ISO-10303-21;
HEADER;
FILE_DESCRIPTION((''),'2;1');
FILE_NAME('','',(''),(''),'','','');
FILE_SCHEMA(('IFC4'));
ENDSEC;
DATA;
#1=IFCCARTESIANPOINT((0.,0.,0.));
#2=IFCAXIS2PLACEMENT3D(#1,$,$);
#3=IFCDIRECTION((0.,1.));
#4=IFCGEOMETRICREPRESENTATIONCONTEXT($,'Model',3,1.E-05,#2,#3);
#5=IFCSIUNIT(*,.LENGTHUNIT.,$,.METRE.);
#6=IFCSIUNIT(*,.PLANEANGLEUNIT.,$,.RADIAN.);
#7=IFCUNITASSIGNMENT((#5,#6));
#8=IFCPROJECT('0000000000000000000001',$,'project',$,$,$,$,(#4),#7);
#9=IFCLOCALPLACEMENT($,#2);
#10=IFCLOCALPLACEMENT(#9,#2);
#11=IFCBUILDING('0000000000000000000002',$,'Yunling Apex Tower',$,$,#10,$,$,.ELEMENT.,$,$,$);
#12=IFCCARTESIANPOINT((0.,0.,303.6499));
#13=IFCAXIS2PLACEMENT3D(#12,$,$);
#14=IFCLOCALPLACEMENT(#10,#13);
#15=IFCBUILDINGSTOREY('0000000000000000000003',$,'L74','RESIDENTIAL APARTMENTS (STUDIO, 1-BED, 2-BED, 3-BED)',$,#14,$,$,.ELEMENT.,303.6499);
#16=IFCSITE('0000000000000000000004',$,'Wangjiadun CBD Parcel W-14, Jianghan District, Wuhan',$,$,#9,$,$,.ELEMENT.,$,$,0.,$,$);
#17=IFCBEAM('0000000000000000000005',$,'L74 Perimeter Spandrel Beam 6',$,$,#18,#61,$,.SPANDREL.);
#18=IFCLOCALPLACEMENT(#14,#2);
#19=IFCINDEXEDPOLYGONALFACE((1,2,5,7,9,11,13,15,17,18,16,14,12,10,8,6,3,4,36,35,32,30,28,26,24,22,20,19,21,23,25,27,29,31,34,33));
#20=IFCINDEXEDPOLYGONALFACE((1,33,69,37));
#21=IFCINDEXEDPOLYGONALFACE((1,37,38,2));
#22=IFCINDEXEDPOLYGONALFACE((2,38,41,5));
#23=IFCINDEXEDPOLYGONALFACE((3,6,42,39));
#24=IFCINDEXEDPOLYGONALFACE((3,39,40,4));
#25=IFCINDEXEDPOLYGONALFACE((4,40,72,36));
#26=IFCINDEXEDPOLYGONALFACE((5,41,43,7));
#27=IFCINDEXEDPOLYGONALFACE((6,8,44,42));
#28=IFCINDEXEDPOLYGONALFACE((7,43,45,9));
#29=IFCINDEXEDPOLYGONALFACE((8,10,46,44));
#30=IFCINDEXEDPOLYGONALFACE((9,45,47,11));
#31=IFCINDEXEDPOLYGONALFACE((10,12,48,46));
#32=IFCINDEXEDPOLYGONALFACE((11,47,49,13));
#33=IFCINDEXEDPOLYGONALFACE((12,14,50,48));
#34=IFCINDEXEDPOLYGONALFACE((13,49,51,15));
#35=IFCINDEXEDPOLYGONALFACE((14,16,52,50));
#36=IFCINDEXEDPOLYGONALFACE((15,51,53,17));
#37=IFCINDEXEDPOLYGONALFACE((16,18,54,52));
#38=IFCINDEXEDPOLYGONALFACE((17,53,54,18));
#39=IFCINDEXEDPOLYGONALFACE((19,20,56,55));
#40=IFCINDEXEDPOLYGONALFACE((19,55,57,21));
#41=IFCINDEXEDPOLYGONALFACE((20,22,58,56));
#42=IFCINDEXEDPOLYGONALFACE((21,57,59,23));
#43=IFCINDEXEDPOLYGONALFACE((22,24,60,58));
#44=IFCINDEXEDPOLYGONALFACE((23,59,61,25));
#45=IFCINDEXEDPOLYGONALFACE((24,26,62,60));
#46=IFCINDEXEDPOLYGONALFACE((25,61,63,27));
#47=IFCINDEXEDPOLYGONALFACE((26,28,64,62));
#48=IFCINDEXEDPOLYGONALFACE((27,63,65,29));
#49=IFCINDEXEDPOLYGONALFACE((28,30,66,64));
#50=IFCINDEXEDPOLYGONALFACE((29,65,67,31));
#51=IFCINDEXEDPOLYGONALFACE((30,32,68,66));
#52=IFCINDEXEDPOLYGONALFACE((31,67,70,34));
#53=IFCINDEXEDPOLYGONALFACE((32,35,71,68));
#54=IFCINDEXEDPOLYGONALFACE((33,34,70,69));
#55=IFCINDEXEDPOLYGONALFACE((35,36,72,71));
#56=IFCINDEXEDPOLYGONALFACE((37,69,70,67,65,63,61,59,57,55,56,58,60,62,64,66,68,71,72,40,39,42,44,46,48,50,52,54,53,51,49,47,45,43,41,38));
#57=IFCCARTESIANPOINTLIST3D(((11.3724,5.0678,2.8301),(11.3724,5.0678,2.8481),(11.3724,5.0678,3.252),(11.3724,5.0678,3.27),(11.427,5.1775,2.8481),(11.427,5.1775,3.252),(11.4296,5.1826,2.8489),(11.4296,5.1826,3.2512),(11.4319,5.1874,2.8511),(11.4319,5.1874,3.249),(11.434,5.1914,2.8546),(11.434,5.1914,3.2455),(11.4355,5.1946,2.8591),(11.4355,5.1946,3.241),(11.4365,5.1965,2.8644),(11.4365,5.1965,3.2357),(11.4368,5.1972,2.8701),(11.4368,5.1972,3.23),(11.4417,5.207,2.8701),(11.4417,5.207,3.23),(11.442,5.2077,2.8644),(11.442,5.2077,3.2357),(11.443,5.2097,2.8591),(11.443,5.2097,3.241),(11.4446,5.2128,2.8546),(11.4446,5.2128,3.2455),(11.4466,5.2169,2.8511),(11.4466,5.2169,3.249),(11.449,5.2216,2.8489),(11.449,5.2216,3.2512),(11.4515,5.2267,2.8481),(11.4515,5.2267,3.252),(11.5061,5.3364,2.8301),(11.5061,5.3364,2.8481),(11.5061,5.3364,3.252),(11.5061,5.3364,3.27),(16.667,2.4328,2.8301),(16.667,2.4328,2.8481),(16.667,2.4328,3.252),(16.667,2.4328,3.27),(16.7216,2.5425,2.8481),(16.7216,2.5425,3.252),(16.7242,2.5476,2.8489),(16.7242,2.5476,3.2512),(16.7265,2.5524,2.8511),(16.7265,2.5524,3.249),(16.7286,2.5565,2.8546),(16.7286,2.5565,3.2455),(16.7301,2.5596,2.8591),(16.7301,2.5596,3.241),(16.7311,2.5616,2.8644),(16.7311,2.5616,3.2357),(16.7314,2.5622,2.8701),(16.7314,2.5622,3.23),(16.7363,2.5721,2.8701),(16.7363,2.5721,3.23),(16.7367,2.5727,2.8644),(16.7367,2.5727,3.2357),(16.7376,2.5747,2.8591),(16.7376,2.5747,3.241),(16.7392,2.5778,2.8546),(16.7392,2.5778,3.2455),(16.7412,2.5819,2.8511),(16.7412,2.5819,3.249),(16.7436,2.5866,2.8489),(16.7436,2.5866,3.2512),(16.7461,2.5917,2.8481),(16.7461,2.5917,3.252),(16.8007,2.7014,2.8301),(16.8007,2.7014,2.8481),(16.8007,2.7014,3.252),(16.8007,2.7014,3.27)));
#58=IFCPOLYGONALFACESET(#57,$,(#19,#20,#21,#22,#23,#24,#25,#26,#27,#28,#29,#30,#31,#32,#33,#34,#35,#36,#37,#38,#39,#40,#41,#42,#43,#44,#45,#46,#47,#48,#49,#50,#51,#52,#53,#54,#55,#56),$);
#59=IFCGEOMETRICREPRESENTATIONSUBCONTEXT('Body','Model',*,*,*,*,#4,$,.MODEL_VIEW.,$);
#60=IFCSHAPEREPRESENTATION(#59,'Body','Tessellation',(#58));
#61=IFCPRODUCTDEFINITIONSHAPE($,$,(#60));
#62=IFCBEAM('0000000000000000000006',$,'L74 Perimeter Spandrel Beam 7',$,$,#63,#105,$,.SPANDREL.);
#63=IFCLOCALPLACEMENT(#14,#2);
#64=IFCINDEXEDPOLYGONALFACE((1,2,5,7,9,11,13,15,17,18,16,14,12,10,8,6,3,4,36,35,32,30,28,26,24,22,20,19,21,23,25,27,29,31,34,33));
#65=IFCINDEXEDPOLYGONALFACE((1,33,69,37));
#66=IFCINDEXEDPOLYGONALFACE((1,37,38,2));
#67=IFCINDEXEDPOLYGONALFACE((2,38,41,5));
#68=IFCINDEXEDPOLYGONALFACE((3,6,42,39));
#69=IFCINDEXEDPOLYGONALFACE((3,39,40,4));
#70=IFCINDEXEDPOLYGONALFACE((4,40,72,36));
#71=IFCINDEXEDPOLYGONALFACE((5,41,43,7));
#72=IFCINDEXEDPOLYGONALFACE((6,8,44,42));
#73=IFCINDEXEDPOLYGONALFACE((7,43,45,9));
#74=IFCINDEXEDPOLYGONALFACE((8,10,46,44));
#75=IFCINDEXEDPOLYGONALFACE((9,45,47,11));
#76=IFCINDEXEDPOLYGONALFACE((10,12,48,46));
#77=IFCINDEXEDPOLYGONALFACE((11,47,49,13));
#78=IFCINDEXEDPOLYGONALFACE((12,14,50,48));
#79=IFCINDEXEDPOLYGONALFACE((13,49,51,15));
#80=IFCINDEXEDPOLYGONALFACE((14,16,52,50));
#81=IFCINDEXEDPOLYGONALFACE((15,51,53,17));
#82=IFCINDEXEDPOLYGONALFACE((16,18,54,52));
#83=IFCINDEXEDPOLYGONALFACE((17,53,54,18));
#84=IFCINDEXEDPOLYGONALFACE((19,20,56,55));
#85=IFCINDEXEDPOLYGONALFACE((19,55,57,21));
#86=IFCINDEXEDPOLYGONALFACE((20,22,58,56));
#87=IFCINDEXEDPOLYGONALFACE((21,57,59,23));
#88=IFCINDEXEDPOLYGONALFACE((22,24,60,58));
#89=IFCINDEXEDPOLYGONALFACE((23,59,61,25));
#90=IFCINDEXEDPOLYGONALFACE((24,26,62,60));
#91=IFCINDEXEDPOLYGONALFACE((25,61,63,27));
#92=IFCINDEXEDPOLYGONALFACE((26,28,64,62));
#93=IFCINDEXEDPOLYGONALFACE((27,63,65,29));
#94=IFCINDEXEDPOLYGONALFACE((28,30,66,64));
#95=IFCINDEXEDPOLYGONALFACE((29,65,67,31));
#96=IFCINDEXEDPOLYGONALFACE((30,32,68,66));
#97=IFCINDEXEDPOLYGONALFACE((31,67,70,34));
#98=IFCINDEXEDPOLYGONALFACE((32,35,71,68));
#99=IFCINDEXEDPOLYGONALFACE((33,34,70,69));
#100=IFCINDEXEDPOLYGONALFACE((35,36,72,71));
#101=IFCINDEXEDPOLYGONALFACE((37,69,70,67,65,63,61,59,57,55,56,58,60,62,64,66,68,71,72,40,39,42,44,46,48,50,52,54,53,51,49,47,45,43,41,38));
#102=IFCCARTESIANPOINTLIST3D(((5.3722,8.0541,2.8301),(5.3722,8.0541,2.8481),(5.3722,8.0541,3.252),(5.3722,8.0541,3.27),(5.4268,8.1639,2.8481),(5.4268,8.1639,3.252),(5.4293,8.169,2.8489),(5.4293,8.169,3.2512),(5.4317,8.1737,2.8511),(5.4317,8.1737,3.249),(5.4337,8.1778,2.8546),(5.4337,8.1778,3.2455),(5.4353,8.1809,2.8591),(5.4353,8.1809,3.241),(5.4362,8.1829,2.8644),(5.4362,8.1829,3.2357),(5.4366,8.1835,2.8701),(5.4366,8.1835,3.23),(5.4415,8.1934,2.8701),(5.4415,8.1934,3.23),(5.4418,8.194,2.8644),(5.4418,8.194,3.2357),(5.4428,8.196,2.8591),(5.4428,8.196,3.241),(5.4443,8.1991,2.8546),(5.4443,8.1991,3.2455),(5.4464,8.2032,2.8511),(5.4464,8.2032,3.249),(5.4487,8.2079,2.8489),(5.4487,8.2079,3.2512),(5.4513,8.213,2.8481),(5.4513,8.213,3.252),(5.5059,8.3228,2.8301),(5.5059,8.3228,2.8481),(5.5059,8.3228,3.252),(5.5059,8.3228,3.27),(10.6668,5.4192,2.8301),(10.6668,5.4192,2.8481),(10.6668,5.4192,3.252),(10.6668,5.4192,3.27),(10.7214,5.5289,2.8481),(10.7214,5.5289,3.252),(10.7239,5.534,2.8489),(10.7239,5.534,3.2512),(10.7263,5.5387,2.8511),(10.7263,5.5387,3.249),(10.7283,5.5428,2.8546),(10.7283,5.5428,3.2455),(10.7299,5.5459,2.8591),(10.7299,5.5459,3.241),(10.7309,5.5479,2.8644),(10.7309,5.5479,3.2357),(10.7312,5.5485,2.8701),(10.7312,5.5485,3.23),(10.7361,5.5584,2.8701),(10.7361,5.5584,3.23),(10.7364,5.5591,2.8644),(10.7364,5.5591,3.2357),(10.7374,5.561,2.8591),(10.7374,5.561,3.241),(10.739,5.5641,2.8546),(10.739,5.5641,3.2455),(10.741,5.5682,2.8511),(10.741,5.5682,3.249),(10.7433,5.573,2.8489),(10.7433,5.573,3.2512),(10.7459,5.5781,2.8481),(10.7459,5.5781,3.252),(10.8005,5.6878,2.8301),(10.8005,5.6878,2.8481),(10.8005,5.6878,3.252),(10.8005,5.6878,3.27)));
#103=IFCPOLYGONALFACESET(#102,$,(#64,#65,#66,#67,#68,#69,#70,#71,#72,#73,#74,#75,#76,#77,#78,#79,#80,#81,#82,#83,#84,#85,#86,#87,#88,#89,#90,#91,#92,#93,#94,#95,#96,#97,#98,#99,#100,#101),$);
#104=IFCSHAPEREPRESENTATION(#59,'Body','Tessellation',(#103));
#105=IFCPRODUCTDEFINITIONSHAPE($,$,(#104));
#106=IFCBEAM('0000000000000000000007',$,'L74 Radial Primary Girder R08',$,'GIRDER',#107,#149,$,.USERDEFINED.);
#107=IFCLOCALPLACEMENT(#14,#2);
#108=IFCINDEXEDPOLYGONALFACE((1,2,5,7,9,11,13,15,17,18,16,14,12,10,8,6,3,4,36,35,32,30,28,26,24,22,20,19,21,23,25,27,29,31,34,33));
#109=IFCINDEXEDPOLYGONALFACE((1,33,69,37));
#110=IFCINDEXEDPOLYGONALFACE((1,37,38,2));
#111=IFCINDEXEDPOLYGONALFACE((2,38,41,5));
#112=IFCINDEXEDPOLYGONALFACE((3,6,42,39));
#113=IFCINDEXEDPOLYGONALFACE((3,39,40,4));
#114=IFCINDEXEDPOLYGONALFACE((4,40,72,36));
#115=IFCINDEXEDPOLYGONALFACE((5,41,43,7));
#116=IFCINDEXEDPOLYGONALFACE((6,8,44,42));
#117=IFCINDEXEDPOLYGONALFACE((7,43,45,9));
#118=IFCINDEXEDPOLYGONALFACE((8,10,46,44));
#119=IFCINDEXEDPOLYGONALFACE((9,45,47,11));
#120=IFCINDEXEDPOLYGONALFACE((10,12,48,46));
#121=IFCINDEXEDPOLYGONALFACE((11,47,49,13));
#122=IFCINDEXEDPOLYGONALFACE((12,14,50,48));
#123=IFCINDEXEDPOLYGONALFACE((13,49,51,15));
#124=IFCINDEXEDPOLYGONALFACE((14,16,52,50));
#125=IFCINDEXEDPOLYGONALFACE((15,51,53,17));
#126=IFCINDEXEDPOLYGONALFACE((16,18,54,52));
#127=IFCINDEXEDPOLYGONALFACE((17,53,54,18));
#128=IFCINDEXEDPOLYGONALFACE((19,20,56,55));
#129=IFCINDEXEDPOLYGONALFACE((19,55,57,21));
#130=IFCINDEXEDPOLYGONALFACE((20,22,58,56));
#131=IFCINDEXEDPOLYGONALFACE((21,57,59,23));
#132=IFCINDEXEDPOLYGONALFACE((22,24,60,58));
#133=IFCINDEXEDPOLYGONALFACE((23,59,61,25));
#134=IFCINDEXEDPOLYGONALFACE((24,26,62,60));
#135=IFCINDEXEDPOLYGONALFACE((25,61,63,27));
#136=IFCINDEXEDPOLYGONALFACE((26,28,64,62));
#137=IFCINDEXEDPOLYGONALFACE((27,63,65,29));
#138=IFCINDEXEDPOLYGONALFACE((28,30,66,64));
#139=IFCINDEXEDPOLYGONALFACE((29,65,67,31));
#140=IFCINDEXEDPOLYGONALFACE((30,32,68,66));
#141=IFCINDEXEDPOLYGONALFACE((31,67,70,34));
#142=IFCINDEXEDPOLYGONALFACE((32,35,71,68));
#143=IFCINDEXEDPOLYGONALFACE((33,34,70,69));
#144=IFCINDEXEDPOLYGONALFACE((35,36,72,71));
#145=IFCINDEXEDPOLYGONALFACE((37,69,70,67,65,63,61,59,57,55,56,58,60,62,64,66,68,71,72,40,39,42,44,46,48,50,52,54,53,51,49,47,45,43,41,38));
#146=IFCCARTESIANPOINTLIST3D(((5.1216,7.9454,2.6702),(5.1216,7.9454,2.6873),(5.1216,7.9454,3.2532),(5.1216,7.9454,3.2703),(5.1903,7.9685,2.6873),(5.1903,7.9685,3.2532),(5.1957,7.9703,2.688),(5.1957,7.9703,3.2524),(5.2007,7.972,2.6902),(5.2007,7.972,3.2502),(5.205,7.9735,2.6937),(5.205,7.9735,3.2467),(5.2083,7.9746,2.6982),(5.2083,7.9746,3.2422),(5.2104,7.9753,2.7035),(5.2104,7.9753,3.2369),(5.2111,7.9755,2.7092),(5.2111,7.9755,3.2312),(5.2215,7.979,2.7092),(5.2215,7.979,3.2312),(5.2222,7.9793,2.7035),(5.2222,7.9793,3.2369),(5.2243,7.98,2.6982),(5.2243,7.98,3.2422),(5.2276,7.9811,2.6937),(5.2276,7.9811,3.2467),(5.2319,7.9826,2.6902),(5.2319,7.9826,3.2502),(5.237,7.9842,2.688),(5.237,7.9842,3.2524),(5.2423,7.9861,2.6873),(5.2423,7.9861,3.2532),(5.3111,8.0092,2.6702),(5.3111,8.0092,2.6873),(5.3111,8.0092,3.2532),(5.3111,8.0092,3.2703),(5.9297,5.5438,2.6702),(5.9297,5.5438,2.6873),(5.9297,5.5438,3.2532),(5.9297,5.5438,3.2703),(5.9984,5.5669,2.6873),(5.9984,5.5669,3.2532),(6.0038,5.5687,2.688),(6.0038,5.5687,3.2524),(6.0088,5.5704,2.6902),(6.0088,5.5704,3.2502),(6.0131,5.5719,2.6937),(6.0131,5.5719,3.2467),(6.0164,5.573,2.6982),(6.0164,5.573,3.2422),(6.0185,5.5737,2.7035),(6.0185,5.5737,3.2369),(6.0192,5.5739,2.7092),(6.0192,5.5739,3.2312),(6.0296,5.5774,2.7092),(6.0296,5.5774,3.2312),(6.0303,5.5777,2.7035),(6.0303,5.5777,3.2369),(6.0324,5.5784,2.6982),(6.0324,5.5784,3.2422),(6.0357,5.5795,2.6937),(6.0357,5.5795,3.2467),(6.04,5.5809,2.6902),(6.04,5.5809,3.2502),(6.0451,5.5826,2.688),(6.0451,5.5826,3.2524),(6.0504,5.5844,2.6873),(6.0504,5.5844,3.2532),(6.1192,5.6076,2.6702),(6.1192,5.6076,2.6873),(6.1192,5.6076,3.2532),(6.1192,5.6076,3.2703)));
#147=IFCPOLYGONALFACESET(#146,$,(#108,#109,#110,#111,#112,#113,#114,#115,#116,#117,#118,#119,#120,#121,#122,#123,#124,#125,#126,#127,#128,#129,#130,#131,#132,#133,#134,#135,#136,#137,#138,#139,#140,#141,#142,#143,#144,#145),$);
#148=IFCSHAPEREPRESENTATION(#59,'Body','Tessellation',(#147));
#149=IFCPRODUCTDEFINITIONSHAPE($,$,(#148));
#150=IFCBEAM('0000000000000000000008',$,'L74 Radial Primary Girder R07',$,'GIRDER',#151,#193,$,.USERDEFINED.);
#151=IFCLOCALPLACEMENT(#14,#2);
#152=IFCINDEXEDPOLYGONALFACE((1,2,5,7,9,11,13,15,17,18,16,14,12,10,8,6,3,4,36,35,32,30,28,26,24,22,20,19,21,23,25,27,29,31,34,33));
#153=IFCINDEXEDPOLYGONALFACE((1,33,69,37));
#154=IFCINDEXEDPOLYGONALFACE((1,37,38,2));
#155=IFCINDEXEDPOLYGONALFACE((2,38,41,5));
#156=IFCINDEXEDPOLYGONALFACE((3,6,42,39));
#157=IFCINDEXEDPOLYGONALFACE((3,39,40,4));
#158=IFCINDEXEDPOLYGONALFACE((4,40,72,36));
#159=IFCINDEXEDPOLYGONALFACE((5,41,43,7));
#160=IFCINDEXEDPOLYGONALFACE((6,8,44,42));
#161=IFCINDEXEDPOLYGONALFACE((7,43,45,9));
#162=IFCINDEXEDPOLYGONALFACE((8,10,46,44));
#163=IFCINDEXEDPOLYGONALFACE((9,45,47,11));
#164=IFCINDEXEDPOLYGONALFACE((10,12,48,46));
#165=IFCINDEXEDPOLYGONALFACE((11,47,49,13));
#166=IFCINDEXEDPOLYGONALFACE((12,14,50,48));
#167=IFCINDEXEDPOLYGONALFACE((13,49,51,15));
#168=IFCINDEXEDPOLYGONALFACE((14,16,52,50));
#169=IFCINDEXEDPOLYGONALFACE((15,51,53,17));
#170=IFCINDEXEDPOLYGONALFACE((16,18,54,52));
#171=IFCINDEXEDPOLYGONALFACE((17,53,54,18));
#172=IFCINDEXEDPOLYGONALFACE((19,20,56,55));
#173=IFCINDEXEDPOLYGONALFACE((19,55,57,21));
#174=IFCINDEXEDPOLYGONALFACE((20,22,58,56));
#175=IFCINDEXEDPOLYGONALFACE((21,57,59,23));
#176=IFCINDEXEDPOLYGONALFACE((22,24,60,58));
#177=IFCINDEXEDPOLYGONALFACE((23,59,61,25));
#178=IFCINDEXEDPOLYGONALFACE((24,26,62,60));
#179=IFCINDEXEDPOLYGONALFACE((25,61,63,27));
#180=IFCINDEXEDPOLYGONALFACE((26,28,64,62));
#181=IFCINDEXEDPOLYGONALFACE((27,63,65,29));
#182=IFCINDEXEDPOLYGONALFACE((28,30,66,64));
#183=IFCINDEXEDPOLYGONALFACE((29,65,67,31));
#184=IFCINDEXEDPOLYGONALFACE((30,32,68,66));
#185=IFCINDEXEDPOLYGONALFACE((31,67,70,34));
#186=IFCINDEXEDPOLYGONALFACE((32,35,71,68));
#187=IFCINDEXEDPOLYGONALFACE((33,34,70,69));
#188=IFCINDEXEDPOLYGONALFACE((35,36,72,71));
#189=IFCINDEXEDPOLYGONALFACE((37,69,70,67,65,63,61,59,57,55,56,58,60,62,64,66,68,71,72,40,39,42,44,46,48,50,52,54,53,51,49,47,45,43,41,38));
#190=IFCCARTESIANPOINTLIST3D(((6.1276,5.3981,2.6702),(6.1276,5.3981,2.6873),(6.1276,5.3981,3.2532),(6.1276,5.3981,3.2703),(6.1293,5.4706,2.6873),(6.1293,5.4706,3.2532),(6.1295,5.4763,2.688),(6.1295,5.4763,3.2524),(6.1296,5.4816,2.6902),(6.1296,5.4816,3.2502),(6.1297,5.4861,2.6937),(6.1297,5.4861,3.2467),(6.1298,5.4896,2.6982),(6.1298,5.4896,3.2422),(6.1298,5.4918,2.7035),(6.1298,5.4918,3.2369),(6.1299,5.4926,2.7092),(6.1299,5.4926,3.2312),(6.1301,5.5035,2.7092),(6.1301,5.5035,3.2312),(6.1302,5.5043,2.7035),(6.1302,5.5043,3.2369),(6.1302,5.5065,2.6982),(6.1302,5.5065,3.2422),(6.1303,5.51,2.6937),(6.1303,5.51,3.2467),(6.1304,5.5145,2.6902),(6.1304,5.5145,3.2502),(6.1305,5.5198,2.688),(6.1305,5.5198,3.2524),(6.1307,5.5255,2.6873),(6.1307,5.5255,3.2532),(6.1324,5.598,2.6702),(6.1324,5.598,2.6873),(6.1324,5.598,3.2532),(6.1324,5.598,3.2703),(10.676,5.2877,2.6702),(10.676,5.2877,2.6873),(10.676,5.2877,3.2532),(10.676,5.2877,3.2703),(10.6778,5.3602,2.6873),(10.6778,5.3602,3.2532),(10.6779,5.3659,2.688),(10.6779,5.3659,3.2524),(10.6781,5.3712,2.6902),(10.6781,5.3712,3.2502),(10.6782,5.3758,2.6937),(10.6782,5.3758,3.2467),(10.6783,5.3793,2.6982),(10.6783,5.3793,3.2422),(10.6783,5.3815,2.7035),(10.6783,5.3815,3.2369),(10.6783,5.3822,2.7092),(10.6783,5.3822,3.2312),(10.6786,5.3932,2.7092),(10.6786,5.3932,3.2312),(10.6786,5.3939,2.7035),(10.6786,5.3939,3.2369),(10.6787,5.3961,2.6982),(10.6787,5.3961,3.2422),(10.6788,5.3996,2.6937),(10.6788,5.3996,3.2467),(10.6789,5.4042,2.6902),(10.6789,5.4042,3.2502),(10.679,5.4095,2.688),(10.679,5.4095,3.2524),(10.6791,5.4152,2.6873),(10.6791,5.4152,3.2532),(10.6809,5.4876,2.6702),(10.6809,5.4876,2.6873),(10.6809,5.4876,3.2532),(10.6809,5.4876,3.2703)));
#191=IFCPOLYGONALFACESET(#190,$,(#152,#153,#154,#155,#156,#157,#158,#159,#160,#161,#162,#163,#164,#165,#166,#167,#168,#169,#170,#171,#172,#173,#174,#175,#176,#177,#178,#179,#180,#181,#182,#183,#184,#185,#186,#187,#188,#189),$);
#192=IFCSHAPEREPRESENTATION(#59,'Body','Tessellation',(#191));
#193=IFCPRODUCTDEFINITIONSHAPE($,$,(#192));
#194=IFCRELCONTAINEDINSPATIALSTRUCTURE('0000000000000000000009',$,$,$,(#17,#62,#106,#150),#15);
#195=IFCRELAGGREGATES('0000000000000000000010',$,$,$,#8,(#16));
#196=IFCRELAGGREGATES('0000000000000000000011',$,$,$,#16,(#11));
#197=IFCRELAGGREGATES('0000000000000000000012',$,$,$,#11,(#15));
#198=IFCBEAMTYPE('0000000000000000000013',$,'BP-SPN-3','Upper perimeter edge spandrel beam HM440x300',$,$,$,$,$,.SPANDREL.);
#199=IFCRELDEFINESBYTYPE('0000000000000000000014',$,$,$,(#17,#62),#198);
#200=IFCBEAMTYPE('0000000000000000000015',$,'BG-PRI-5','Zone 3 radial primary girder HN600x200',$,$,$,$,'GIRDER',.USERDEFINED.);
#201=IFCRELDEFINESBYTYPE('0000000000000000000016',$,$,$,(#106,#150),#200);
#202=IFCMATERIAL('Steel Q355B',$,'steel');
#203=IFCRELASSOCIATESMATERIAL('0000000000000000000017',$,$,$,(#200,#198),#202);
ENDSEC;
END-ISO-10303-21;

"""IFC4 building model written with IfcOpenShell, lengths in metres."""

from ifc_helpers import new_model, si_unit, direction, frame, origin, origin_2d, place, context, subcontext, project, spatial, i_section, extrude, source, transform, mapped, material, material_profile, profile_set, type_object, element, save


model = new_model("IFC4")

# Units and contexts
model_context = context("Model", 3, precision=1e-05, world=origin(), true_north=direction((0.0, 1.0)))
body_context = subcontext(model_context, "Body", "Model", "MODEL_VIEW")
ifc_project = project(units=[si_unit("LENGTHUNIT", "METRE"), si_unit("PLANEANGLEUNIT", "RADIAN")], contexts=[model_context])

# Site, building, storey
site_placement = place(None, origin())
site = spatial("IfcSite", under=ifc_project, at=site_placement, Name="Wangjiadun CBD Parcel W-14, Jianghan District, Wuhan", CompositionType="ELEMENT", RefElevation=0.0)
building_placement = place(site_placement, origin())
building = spatial("IfcBuilding", under=site, at=building_placement, Name="Yunling Apex Tower", CompositionType="ELEMENT")
storey_placement = place(building_placement, frame((0.0, 0.0, 303.6499)))
storey = spatial("IfcBuildingStorey", under=building, at=storey_placement, Name="L74", Description="RESIDENTIAL APARTMENTS (STUDIO, 1-BED, 2-BED, 3-BED)", CompositionType="ELEMENT", Elevation=303.6499)

# Shared definitions
ifc_material_1 = material(Name="Steel Q355B", Category="steel")

# Beams
ifc_material_profile_1 = material_profile(ifc_material_1, i_section(OverallWidth=0.2, OverallDepth=0.6001, WebThickness=0.011, FlangeThickness=0.0171, FilletRadius=0.022, at=origin_2d()))
ifc_profile_set_1 = profile_set([ifc_material_profile_1], Name="Steel Q355B")
beam_type_1 = type_object("IfcBeamType", Name="BG-PRI-5", Description="Zone 3 radial primary girder HN600x200", ElementType="GIRDER", PredefinedType="USERDEFINED", material=ifc_profile_set_1)
ifc_material_profile_2 = material_profile(ifc_material_1, i_section(OverallWidth=0.3, OverallDepth=0.4399, WebThickness=0.011, FlangeThickness=0.0181, FilletRadius=0.022, at=origin_2d()))
ifc_profile_set_2 = profile_set([ifc_material_profile_2], Name="Steel Q355B")
beam_type_2 = type_object("IfcBeamType", Name="BP-SPN-3", Description="Upper perimeter edge spandrel beam HM440x300", PredefinedType="SPANDREL", material=ifc_profile_set_2)
shared_shape_1 = source(origin(), body_context, "Body", "SweptSolid", [
    extrude(i_section(OverallWidth=0.3, OverallDepth=0.4399, WebThickness=0.011, FlangeThickness=0.0181, FilletRadius=0.022, at=origin_2d()), origin(), (0.0, 0.0, 1.0), 5.9141),
])
for number, where, z_axis, x_axis, name in (
    (1, (16.7339, 2.5671, 3.05), (-0.89526, 0.445545, 0.0), (-0.445545, -0.89526, 0.0), "L74 Perimeter Spandrel Beam 6"),
    (2, (10.7336, 5.5535, 3.05), (-0.89526, 0.445545, 0.0), (-0.445545, -0.89526, 0.0), "L74 Perimeter Spandrel Beam 7"),
):
    element("IfcBeam", number, at=place(storey_placement, frame(where, z_axis=z_axis, x_axis=x_axis)), inside=storey, type_object=beam_type_2, Name=name, PredefinedType="SPANDREL", context=body_context, shape_type="MappedRepresentation", body=[
        mapped(shared_shape_1, transform((0.0, 0.0, 0.0), scale=1.0)),
    ])
shared_shape_2 = source(origin(), body_context, "Body", "SweptSolid", [
    extrude(i_section(OverallWidth=0.2, OverallDepth=0.6001, WebThickness=0.011, FlangeThickness=0.0171, FilletRadius=0.022, at=origin_2d()), origin(), (0.0, 0.0, 1.0), 2.5339),
])
beam_1_placement = place(storey_placement, frame((5.2163, 7.9773, 2.9702), z_axis=(0.318915, -0.947783, 0.0), x_axis=(0.947783, 0.318915, 0.0)))
element("IfcBeam", 3, at=beam_1_placement, inside=storey, type_object=beam_type_1, Name="L74 Radial Primary Girder R08", ObjectType="GIRDER", PredefinedType="USERDEFINED", context=body_context, shape_type="MappedRepresentation", body=[
    mapped(shared_shape_2, transform((0.0, 0.0, 0.0), scale=1.0)),
])
shared_shape_3 = source(origin(), body_context, "Body", "SweptSolid", [
    extrude(i_section(OverallWidth=0.2, OverallDepth=0.6001, WebThickness=0.011, FlangeThickness=0.0171, FilletRadius=0.022, at=origin_2d()), origin(), (0.0, 0.0, 1.0), 4.5498),
])
beam_2_placement = place(storey_placement, frame((10.6785, 5.3877, 2.9702), z_axis=(-0.999706, 0.024254, 0.0), x_axis=(-0.024254, -0.999706, 0.0)))
element("IfcBeam", 4, at=beam_2_placement, inside=storey, type_object=beam_type_1, Name="L74 Radial Primary Girder R07", ObjectType="GIRDER", PredefinedType="USERDEFINED", context=body_context, shape_type="MappedRepresentation", body=[
    mapped(shared_shape_3, transform((0.0, 0.0, 0.0), scale=1.0)),
])

save(model, "model.ifc")
